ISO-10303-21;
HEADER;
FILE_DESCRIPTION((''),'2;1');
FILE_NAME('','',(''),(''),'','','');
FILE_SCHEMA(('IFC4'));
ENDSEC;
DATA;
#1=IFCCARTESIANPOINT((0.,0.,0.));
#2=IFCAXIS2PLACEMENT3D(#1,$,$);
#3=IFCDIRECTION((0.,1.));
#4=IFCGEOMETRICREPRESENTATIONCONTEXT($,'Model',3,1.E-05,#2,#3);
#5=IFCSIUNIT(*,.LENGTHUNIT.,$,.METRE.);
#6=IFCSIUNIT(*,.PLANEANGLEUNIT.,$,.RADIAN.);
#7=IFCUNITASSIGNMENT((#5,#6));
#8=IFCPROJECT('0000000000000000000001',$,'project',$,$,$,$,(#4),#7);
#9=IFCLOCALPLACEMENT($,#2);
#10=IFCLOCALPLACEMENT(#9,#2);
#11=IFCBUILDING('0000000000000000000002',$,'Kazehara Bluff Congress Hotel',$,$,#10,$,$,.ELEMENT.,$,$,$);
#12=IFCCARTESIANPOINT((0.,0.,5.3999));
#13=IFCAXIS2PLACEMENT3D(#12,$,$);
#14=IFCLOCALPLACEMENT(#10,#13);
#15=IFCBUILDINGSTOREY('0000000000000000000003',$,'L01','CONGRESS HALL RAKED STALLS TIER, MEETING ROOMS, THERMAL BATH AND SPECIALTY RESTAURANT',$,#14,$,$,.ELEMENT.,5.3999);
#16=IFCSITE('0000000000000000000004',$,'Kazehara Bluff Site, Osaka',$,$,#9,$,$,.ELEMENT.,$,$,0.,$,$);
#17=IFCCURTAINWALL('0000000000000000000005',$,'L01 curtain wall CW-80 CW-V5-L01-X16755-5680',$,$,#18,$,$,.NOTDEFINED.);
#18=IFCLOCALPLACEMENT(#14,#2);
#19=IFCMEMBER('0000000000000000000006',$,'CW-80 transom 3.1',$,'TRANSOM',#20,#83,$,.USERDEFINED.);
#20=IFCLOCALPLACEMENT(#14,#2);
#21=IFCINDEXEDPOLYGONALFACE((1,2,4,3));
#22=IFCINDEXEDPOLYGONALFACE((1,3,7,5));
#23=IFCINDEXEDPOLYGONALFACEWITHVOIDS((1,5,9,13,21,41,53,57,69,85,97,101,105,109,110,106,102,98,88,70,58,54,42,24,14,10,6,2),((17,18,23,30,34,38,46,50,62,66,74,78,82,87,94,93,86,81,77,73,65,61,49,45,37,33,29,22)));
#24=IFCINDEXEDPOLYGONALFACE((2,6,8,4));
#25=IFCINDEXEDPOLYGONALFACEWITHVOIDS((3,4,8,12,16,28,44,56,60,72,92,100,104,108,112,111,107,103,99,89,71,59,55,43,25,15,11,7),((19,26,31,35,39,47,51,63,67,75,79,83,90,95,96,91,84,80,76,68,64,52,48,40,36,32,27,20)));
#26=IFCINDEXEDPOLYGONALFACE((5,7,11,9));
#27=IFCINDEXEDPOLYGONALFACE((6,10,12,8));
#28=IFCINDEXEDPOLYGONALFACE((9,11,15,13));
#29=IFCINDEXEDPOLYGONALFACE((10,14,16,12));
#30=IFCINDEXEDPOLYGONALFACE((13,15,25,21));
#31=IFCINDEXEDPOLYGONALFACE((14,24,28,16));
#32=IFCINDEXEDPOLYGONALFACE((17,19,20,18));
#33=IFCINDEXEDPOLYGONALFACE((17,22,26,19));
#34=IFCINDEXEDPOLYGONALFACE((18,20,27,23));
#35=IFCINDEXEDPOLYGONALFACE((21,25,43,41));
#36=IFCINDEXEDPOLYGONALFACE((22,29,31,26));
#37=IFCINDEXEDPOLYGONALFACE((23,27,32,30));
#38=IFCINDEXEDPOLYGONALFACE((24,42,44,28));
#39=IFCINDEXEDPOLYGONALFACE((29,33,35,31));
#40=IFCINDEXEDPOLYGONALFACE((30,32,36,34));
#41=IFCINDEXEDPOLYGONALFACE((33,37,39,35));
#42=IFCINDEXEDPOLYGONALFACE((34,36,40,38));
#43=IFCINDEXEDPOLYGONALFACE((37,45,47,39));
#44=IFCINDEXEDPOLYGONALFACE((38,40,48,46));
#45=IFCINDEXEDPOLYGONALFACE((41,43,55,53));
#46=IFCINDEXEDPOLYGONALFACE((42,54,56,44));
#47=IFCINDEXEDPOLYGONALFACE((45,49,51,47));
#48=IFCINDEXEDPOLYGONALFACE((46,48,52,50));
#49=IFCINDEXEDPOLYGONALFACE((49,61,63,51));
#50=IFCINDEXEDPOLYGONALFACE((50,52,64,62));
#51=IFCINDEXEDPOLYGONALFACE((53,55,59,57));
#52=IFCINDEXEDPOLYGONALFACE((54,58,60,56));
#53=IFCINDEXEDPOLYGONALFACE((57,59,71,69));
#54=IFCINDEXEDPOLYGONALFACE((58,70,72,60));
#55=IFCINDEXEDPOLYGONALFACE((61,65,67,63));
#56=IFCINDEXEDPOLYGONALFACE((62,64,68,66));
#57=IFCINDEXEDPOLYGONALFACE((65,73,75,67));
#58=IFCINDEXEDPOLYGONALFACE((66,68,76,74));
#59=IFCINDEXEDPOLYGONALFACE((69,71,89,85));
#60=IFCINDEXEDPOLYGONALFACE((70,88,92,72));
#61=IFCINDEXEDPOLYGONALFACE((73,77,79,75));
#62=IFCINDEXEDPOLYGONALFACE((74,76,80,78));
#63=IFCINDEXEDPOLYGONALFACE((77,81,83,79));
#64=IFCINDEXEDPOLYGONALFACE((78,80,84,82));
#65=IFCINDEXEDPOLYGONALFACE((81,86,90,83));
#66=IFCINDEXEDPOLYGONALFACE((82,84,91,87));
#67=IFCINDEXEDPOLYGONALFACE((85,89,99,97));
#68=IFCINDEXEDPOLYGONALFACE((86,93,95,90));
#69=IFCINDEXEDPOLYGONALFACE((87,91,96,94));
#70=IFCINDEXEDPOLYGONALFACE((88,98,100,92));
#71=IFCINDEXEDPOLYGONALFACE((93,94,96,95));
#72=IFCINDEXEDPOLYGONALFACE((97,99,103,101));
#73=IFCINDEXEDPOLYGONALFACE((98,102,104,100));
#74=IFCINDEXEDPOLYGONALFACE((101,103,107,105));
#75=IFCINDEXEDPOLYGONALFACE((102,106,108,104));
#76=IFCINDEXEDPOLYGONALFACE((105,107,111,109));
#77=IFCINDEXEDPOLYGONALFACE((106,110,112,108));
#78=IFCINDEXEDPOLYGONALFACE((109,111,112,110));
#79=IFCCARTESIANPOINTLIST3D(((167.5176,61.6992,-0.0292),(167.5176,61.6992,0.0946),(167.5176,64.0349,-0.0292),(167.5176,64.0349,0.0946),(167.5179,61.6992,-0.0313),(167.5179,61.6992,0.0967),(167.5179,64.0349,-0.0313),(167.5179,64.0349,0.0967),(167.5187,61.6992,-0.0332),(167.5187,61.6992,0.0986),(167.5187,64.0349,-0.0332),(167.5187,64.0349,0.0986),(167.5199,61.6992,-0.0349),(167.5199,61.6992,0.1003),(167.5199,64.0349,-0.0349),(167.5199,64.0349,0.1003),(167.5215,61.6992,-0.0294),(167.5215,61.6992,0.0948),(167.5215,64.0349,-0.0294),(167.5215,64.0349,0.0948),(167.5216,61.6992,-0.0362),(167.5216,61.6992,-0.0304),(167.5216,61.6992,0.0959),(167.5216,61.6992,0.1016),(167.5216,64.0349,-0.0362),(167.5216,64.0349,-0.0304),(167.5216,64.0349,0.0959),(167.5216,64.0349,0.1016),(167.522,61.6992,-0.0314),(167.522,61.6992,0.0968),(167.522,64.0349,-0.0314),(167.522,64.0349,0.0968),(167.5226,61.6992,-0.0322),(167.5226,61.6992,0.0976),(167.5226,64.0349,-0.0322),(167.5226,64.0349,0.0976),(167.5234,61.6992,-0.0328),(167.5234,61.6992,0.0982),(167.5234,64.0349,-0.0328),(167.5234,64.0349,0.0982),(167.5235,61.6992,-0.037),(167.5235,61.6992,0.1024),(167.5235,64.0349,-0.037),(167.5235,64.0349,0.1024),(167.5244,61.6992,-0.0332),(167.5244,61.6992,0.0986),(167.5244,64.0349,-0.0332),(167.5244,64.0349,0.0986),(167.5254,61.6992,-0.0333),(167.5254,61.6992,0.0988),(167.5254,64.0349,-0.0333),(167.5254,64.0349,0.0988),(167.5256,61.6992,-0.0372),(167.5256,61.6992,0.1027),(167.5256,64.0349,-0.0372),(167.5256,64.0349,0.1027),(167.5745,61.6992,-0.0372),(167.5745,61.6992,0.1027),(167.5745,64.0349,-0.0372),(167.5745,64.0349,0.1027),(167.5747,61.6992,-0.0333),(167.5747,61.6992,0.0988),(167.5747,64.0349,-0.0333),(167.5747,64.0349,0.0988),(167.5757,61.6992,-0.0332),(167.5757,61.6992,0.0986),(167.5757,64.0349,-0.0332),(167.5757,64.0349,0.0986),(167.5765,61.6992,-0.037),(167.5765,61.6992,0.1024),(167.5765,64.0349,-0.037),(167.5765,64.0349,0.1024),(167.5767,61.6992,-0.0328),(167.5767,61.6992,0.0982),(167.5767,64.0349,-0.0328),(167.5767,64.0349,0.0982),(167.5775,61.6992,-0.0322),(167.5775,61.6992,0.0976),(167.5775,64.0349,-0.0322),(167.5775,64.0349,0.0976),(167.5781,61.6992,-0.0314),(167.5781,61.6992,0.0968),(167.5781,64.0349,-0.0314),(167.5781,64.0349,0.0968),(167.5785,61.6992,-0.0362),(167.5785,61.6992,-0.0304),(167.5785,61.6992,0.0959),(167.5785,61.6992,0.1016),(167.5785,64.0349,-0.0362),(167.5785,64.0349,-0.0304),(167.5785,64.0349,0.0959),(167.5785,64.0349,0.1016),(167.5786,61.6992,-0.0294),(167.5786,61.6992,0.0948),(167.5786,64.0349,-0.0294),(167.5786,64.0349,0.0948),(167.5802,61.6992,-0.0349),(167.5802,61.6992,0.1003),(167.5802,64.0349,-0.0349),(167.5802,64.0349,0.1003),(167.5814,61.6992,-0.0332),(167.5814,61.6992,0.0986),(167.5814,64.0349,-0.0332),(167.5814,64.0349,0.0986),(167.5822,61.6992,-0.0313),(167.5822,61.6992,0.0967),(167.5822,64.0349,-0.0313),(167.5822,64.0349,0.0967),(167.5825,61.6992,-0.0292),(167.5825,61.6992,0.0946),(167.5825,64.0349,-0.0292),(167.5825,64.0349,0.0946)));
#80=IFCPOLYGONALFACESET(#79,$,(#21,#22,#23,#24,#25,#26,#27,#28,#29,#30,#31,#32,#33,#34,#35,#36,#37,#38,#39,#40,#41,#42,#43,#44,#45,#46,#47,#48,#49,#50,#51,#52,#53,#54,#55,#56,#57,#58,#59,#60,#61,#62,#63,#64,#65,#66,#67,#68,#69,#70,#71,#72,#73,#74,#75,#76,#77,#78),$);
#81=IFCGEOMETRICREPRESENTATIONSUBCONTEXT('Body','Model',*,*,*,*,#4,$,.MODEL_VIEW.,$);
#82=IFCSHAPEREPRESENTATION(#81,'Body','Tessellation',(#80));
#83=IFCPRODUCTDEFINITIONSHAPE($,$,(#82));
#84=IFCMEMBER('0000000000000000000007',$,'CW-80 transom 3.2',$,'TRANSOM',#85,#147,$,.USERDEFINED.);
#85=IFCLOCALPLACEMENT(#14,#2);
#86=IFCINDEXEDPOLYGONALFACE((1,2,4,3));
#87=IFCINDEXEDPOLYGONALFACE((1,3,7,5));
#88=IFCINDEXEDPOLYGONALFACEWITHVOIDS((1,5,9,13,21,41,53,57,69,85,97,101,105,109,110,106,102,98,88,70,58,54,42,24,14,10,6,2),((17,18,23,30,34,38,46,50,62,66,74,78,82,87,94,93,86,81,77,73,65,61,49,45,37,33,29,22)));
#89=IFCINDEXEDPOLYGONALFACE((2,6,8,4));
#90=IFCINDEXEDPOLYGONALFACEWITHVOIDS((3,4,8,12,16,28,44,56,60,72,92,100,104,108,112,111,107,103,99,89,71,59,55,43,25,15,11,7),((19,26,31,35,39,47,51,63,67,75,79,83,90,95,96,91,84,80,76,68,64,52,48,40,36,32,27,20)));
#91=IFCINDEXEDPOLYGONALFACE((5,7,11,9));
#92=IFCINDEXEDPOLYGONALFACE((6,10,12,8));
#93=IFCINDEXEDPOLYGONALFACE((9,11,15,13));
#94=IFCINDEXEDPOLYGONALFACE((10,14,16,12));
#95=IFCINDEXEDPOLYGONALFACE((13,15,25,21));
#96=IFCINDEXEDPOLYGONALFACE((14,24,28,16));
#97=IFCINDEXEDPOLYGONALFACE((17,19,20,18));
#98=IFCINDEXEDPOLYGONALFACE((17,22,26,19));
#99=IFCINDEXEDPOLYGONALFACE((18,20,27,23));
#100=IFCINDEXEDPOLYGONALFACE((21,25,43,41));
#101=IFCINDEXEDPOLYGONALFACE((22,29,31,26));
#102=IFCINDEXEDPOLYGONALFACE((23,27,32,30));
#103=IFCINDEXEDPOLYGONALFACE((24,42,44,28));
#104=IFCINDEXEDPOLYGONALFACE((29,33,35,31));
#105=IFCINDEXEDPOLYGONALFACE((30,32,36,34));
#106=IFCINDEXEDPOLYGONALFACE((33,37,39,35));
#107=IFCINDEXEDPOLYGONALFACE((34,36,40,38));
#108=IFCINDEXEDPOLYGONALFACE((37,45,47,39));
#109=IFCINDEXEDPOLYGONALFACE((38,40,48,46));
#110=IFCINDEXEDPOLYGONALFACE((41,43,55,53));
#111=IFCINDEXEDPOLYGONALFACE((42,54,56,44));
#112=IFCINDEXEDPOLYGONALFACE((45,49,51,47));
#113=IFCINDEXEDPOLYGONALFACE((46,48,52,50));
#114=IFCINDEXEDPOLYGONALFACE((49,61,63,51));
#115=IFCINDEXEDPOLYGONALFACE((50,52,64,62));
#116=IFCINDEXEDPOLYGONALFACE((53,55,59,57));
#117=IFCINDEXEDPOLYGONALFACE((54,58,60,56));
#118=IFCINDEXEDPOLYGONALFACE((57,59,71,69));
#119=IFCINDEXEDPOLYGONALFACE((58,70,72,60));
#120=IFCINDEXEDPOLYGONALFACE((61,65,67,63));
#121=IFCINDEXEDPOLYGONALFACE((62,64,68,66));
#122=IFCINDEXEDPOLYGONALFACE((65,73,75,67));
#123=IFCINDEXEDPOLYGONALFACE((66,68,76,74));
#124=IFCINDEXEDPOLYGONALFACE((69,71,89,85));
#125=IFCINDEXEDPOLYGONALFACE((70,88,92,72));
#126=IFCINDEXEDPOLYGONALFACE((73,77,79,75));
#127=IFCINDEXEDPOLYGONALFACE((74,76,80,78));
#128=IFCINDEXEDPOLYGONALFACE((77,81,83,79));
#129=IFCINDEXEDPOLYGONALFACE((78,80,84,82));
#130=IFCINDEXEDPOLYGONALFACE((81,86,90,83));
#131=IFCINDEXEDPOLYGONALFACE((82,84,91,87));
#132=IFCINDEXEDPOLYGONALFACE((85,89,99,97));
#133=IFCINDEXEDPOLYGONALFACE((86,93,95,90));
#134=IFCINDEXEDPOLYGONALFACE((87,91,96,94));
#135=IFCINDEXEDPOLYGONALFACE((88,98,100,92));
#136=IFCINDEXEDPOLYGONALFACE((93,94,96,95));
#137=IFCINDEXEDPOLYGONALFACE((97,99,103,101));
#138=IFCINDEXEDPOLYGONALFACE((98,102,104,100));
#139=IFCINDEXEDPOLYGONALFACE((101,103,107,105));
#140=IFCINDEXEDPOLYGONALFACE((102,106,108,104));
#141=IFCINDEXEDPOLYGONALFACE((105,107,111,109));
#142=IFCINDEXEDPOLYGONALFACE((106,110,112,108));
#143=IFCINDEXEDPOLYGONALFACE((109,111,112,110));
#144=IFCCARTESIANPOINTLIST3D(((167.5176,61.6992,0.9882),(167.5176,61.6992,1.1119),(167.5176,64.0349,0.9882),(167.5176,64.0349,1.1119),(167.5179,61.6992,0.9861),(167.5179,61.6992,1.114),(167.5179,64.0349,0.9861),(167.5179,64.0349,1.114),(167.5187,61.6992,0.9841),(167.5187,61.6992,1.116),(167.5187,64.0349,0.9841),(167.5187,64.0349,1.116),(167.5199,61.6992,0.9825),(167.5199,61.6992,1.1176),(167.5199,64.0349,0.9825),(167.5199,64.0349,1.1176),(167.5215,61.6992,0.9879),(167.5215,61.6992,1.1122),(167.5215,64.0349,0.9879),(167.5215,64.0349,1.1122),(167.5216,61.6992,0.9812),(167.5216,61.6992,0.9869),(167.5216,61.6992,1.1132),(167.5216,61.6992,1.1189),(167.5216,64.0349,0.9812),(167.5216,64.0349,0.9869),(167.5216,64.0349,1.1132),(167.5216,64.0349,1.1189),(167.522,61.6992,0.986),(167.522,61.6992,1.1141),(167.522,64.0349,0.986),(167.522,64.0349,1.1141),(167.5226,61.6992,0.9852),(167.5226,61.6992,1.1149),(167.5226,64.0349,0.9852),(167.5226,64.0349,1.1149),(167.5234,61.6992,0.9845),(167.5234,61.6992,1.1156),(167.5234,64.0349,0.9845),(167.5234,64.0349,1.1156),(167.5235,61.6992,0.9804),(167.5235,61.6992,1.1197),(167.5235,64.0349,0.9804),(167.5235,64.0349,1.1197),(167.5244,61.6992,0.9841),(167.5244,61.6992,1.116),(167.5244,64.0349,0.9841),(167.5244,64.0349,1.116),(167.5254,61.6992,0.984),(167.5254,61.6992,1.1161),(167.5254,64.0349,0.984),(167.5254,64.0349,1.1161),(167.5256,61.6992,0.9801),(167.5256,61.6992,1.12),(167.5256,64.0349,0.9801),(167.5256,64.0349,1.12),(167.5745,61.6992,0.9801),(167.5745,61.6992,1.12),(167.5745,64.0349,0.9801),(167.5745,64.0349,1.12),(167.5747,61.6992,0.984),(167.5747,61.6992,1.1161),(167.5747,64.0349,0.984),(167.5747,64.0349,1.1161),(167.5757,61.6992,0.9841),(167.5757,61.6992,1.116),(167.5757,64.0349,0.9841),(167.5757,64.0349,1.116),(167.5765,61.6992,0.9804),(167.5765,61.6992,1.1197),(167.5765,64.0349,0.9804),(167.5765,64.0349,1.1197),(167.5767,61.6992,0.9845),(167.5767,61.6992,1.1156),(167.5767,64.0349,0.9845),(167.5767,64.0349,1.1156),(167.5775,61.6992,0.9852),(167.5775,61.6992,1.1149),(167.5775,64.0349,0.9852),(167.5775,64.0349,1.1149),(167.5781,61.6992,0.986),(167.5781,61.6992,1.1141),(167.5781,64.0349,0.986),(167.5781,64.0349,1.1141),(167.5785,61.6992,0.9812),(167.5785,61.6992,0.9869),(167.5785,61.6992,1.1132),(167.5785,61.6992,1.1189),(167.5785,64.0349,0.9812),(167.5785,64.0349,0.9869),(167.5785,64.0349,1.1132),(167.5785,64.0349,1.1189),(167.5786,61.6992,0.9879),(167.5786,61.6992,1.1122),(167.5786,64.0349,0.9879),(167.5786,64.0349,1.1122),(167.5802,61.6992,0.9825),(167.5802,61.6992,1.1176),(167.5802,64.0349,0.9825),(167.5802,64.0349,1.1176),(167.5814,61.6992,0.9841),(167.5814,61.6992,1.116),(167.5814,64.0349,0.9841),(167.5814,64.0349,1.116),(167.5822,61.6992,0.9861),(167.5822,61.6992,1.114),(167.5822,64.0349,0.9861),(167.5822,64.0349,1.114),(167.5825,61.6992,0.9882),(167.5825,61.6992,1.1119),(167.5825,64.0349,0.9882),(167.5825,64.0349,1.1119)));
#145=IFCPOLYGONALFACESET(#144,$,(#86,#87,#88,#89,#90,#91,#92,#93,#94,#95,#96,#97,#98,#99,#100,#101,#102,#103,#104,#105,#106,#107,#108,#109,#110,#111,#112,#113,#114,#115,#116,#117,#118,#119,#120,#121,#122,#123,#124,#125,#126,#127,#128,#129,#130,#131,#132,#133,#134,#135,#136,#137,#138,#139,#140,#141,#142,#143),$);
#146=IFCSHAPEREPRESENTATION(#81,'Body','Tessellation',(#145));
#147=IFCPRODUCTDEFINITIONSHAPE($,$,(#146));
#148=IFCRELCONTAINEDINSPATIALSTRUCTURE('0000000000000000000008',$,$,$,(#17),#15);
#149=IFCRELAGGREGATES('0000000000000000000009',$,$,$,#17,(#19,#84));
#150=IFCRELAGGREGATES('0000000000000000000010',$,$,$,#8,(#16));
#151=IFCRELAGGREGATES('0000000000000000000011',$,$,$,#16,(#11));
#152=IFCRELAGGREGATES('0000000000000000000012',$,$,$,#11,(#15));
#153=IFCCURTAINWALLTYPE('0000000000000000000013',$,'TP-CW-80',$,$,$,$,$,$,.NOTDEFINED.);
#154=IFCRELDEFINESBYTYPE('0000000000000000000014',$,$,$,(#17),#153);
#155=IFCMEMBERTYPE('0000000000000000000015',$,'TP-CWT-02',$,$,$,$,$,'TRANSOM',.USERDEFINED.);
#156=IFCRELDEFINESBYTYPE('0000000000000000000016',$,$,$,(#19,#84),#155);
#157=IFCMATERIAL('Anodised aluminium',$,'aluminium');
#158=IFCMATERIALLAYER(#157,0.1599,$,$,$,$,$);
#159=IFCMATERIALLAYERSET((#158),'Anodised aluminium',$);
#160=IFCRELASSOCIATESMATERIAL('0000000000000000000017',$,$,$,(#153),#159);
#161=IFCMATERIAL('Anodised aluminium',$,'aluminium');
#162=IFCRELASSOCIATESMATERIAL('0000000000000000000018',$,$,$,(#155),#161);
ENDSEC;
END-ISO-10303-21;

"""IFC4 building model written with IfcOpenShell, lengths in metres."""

from ifc_helpers import new_model, si_unit, direction, frame, origin, origin_2d, place, context, subcontext, project, spatial, hollow_rectangle, extrude, material, layer, layer_set, material_profile, profile_set, type_object, element, aggregate, save


model = new_model("IFC4")

# Units and contexts
model_context = context("Model", 3, precision=1e-05, world=origin(), true_north=direction((0.0, 1.0)))
body_context = subcontext(model_context, "Body", "Model", "MODEL_VIEW")
ifc_project = project(units=[si_unit("LENGTHUNIT", "METRE"), si_unit("PLANEANGLEUNIT", "RADIAN")], contexts=[model_context])

# Site, building, storey
site_placement = place(None, origin())
site = spatial("IfcSite", under=ifc_project, at=site_placement, Name="Kazehara Bluff Site, Osaka", CompositionType="ELEMENT", RefElevation=0.0)
building_placement = place(site_placement, origin())
building = spatial("IfcBuilding", under=site, at=building_placement, Name="Kazehara Bluff Congress Hotel", CompositionType="ELEMENT")
storey_placement = place(building_placement, frame((0.0, 0.0, 5.3999)))
storey = spatial("IfcBuildingStorey", under=building, at=storey_placement, Name="L01", Description="CONGRESS HALL RAKED STALLS TIER, MEETING ROOMS, THERMAL BATH AND SPECIALTY RESTAURANT", CompositionType="ELEMENT", Elevation=5.3999)

# Shared definitions
ifc_material_1 = material(Name="Anodised aluminium", Category="aluminium")
ifc_layer_1 = layer(ifc_material_1, 0.1599)
ifc_layer_set_1 = layer_set([ifc_layer_1], Name="Anodised aluminium")
curtain_wall_type = type_object("IfcCurtainWallType", Name="TP-CW-80", PredefinedType="NOTDEFINED", material=ifc_layer_set_1)

# Curtain wall
curtain_wall_1_placement = place(storey_placement, origin())
curtain_wall_1 = element("IfcCurtainWall", 1, at=curtain_wall_1_placement, inside=storey, type_object=curtain_wall_type, Name="L01 curtain wall CW-80 CW-V5-L01-X16755-5680", PredefinedType="NOTDEFINED")

# Members
ifc_material_2 = material(Name="Anodised aluminium", Category="aluminium")
ifc_material_profile_1 = material_profile(ifc_material_2, hollow_rectangle(XDim=0.0649, YDim=0.1399, WallThickness=0.0039, InnerFilletRadius=0.0039, OuterFilletRadius=0.0081, at=origin_2d()))
ifc_profile_set_1 = profile_set([ifc_material_profile_1], Name="Anodised aluminium")
member_type_1 = type_object("IfcMemberType", Name="TP-CWT-02", ElementType="TRANSOM", PredefinedType="USERDEFINED", material=ifc_profile_set_1)
member_1_placement = place(storey_placement, frame((167.55, 61.6992, 0.0327), z_axis=(0.0, 1.0, 0.0), x_axis=(-1.0, 0.0, 0.0)))
member_1 = element("IfcMember", 2, at=member_1_placement, type_object=member_type_1, Name="CW-80 transom 3.1", ObjectType="TRANSOM", PredefinedType="USERDEFINED", context=body_context, shape_type="SweptSolid", body=[
    extrude(hollow_rectangle(XDim=0.0649, YDim=0.1399, WallThickness=0.0039, InnerFilletRadius=0.0039, OuterFilletRadius=0.0081, at=origin_2d()), origin(), (0.0, 0.0, 1.0), 2.3357),
])
member_2_placement = place(storey_placement, frame((167.55, 61.6992, 1.05), z_axis=(0.0, 1.0, 0.0), x_axis=(-1.0, 0.0, 0.0)))
member_2 = element("IfcMember", 3, at=member_2_placement, type_object=member_type_1, Name="CW-80 transom 3.2", ObjectType="TRANSOM", PredefinedType="USERDEFINED", context=body_context, shape_type="SweptSolid", body=[
    extrude(hollow_rectangle(XDim=0.0649, YDim=0.1399, WallThickness=0.0039, InnerFilletRadius=0.0039, OuterFilletRadius=0.0081, at=origin_2d()), origin(), (0.0, 0.0, 1.0), 2.3357),
])

aggregate(curtain_wall_1, [member_1, member_2])

save(model, "model.ifc")
